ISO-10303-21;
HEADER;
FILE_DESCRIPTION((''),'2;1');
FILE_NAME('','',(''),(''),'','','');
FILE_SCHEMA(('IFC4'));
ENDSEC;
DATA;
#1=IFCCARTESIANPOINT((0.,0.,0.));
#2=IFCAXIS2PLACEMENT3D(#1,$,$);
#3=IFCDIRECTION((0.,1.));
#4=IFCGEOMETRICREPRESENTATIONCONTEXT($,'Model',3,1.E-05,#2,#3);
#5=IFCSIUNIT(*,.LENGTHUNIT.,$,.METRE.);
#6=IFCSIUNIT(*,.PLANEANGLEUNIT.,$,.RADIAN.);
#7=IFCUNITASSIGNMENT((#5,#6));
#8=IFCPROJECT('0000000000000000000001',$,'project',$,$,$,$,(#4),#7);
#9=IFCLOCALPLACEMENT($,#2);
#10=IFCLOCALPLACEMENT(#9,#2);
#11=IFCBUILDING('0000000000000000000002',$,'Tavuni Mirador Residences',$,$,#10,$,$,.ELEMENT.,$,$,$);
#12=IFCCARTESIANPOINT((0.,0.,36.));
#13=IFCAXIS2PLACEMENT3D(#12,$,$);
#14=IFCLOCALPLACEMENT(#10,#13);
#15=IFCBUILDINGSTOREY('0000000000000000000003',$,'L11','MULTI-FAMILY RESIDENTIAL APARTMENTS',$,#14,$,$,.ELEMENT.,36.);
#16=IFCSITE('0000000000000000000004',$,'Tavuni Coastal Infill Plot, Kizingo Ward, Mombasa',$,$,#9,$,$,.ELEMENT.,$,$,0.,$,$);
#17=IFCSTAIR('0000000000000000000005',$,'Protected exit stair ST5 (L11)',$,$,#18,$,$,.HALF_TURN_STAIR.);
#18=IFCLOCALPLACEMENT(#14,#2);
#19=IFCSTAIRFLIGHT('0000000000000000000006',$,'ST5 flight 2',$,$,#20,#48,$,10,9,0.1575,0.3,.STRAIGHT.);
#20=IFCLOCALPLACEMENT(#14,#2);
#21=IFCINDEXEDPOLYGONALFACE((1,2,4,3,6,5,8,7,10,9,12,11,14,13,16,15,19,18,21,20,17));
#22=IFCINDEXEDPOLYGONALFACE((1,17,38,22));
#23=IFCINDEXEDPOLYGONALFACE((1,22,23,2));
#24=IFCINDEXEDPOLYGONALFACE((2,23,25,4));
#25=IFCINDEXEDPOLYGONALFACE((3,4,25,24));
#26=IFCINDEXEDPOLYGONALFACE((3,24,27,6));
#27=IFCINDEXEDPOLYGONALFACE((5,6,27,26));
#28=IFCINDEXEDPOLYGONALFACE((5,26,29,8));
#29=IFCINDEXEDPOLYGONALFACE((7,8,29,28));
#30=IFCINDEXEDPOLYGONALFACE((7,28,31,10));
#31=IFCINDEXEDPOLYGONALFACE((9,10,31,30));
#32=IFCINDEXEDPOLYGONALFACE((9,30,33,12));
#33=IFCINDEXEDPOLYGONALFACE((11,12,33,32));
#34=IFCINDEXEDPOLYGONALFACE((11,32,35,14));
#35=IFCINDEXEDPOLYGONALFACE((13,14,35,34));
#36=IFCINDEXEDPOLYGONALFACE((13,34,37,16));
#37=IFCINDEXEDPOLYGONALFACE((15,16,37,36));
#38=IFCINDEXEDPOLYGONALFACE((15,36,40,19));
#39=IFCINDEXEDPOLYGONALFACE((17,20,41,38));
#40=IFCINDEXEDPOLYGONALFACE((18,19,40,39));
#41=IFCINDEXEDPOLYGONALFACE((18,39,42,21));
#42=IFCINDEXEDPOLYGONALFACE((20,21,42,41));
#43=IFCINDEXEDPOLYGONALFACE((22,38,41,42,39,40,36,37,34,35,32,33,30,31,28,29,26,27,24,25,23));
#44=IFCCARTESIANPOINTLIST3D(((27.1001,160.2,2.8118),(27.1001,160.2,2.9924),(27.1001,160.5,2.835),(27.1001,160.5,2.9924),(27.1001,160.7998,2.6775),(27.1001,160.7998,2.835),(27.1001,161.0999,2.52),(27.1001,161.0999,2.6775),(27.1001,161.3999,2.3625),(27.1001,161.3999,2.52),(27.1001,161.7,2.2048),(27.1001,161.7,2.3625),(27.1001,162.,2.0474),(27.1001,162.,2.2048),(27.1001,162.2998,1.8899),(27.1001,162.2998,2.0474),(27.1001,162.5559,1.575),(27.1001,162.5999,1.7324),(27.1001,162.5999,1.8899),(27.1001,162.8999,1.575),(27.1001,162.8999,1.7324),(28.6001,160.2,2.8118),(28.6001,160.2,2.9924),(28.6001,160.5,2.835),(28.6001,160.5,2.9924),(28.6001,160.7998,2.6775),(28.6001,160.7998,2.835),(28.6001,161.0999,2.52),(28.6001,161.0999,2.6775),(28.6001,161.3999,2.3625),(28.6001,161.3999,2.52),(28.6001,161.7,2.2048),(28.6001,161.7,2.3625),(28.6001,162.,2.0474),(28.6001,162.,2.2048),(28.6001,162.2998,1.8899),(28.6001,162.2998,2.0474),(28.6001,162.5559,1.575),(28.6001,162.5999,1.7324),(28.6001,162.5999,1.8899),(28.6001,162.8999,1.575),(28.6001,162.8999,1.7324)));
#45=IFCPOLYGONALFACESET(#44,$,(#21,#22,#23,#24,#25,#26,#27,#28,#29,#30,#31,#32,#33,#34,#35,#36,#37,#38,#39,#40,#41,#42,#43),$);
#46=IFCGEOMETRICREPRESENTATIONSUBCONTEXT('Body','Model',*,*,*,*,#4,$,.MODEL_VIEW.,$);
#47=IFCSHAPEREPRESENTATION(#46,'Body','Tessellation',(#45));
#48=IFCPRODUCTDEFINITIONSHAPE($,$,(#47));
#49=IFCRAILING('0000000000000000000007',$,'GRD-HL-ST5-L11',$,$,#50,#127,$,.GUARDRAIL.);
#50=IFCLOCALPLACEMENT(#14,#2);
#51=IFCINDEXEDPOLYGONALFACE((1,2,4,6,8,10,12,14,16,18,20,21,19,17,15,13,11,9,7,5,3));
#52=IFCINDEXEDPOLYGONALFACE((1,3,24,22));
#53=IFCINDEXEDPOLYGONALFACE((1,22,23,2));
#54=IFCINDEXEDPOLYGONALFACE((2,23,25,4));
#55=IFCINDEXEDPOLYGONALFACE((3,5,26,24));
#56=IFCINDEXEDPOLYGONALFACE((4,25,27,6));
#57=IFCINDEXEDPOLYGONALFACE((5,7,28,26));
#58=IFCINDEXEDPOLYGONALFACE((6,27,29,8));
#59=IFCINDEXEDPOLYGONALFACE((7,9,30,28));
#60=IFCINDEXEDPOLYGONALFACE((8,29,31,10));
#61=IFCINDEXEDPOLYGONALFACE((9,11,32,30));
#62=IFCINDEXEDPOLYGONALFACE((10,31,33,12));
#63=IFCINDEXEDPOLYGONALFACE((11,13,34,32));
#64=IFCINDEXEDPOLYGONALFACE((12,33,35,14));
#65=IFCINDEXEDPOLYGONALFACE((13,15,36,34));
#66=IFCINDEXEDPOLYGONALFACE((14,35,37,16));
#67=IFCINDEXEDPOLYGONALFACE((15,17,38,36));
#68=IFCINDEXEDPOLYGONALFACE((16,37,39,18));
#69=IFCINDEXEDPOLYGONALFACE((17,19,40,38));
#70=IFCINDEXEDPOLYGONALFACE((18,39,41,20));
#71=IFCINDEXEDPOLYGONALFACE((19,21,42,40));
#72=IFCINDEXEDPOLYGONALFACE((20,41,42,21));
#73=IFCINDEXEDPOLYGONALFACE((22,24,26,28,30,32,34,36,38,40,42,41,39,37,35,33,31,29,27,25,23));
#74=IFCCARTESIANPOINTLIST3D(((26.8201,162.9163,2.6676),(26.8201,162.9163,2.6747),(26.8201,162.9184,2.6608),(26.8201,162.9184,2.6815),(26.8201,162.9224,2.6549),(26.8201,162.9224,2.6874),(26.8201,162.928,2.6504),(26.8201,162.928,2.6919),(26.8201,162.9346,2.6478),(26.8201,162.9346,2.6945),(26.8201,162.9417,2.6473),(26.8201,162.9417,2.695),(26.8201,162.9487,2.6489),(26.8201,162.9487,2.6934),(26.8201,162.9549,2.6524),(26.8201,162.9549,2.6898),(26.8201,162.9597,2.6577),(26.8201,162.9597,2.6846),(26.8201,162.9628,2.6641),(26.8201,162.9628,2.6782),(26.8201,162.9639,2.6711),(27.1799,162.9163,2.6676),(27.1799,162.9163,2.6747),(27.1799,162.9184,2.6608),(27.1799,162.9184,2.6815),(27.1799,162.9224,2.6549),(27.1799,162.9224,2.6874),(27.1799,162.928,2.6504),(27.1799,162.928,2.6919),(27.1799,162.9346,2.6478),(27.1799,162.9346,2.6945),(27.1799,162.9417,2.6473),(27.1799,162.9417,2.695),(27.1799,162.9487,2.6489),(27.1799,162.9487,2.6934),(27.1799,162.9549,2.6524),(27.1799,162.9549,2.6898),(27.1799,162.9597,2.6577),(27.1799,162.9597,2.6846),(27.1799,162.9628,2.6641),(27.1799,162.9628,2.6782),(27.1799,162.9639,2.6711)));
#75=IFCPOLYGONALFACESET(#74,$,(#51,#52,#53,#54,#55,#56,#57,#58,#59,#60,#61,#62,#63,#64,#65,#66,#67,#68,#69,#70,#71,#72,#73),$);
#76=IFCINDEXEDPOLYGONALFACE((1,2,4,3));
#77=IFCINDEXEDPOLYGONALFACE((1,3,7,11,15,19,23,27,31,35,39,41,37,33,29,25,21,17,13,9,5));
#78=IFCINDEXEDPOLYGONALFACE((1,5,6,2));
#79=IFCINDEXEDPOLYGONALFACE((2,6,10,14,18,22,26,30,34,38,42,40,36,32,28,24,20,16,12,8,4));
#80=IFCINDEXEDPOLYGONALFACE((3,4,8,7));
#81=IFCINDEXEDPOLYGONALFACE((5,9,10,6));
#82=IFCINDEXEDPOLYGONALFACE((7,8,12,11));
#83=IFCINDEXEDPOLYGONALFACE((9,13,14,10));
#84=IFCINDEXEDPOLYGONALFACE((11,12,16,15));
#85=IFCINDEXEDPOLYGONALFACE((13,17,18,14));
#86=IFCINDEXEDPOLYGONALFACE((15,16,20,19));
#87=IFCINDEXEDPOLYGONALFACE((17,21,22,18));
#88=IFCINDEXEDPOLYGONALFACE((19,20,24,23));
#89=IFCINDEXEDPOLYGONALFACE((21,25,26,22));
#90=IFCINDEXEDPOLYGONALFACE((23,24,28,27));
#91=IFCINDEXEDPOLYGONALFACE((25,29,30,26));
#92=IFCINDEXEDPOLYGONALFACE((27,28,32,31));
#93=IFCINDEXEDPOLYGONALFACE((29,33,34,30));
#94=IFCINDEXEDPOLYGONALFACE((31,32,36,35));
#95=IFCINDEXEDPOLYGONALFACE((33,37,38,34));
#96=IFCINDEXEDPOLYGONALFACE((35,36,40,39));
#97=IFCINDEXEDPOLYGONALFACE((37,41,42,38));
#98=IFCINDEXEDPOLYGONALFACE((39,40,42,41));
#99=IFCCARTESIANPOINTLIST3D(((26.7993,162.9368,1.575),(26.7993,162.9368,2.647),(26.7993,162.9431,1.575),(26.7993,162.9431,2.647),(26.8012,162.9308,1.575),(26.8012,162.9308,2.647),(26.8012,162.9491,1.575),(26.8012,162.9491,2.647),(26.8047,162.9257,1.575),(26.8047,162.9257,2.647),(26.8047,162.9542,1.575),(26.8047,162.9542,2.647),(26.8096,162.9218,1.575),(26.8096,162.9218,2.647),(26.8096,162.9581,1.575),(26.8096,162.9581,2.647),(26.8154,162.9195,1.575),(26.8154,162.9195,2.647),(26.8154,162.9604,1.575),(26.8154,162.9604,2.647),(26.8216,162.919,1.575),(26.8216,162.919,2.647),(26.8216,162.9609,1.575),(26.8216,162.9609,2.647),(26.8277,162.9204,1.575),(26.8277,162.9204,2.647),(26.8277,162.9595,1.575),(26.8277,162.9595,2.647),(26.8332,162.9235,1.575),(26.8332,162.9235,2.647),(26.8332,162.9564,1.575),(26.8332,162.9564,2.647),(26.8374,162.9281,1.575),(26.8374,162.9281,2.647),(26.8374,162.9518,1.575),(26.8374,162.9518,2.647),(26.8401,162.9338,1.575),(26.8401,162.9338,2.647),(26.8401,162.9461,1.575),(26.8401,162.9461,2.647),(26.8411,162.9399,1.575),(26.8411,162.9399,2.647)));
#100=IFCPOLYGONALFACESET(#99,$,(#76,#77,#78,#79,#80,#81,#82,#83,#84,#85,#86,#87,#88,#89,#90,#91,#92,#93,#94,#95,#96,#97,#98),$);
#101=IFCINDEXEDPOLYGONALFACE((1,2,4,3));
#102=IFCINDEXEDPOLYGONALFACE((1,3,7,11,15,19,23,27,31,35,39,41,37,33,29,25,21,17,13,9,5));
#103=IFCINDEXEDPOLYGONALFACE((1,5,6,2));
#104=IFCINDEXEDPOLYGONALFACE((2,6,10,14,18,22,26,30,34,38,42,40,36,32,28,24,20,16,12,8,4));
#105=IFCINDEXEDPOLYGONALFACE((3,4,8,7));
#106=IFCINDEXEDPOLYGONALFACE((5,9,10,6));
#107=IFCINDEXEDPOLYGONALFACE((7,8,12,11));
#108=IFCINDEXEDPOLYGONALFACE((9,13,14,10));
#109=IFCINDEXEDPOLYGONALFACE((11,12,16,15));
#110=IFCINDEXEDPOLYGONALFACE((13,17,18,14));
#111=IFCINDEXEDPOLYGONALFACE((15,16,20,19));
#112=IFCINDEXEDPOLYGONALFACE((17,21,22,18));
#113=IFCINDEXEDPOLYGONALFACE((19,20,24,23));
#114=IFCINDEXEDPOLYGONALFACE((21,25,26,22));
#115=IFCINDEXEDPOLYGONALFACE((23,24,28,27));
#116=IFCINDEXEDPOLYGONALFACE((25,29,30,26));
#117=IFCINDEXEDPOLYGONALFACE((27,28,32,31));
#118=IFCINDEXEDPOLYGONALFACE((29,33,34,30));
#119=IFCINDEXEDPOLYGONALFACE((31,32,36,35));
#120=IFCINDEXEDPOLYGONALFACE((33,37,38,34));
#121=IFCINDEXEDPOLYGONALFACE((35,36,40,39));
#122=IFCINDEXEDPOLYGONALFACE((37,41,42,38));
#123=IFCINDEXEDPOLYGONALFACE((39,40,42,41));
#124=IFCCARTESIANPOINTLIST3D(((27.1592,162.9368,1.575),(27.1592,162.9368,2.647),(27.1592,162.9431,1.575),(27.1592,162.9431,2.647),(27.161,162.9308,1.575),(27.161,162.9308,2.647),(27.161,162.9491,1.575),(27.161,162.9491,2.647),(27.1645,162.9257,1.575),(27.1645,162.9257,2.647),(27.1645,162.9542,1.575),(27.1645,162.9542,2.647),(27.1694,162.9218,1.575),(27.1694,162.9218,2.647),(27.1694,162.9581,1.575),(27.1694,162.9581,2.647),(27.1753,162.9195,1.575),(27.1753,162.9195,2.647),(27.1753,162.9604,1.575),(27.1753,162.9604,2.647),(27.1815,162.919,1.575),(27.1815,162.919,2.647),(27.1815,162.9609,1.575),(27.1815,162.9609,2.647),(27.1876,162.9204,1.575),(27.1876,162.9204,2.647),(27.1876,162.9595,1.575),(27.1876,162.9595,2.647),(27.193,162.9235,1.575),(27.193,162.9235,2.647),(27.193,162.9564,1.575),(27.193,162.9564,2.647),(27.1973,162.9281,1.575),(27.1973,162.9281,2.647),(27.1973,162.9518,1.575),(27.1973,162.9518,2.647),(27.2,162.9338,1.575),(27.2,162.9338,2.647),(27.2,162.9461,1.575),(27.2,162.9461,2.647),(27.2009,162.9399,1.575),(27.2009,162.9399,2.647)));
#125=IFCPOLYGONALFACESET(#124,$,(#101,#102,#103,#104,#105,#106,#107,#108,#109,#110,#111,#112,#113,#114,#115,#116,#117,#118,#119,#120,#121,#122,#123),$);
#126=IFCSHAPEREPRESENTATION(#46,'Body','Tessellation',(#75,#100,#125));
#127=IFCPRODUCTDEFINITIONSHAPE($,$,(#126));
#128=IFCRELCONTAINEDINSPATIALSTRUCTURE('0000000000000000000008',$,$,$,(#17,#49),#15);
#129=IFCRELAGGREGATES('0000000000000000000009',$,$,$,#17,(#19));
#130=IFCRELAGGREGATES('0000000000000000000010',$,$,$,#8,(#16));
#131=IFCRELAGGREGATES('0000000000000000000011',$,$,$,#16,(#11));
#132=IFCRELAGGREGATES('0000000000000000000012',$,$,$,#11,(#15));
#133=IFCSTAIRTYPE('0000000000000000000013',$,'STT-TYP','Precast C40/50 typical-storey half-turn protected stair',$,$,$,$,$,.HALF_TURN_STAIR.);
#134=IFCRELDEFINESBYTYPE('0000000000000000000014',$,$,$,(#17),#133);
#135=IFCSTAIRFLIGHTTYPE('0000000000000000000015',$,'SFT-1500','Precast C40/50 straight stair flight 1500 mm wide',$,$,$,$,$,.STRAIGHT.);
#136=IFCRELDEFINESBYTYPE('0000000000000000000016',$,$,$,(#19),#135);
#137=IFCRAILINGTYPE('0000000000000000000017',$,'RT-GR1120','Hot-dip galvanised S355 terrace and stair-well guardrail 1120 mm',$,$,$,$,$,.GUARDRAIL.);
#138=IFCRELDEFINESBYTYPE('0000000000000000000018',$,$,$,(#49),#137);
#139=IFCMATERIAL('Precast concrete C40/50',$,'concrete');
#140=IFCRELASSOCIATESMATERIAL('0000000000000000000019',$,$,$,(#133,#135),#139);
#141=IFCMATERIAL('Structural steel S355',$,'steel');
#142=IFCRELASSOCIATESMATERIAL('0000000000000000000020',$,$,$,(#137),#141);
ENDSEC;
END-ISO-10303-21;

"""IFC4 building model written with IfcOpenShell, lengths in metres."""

from ifc_helpers import new_model, si_unit, direction, frame, origin, origin_2d, place, context, subcontext, project, spatial, polyline, circle, outline, extrude, material, type_object, element, aggregate, save


model = new_model("IFC4")

# Units and contexts
model_context = context("Model", 3, precision=1e-05, world=origin(), true_north=direction((0.0, 1.0)))
body_context = subcontext(model_context, "Body", "Model", "MODEL_VIEW")
ifc_project = project(units=[si_unit("LENGTHUNIT", "METRE"), si_unit("PLANEANGLEUNIT", "RADIAN")], contexts=[model_context])

# Site, building, storey
site_placement = place(None, origin())
site = spatial("IfcSite", under=ifc_project, at=site_placement, Name="Tavuni Coastal Infill Plot, Kizingo Ward, Mombasa", CompositionType="ELEMENT", RefElevation=0.0)
building_placement = place(site_placement, origin())
building = spatial("IfcBuilding", under=site, at=building_placement, Name="Tavuni Mirador Residences", CompositionType="ELEMENT")
storey_placement = place(building_placement, frame((0.0, 0.0, 36.0)))
storey = spatial("IfcBuildingStorey", under=building, at=storey_placement, Name="L11", Description="MULTI-FAMILY RESIDENTIAL APARTMENTS", CompositionType="ELEMENT", Elevation=36.0)

# Shared definitions
ifc_material_1 = material(Name="Precast concrete C40/50", Category="concrete")

# Shared definitions
ifc_material_2 = material(Name="Structural steel S355", Category="steel")

# Stair, stair flight
stair_type = type_object("IfcStairType", Name="STT-TYP", Description="Precast C40/50 typical-storey half-turn protected stair", PredefinedType="HALF_TURN_STAIR", material=ifc_material_1)
stair_placement = place(storey_placement, origin())
stair = element("IfcStair", 1, at=stair_placement, inside=storey, type_object=stair_type, Name="Protected exit stair ST5 (L11)", PredefinedType="HALF_TURN_STAIR")
stair_flight_type = type_object("IfcStairFlightType", Name="SFT-1500", Description="Precast C40/50 straight stair flight 1500 mm wide", PredefinedType="STRAIGHT", material=ifc_material_1)
stair_flight_1_placement = place(storey_placement, frame((27.8501, 162.8999, 1.575), z_axis=(0.0, 0.0, 1.0), x_axis=(0.0, -1.0, 0.0)))
stair_flight_1 = element("IfcStairFlight", 2, at=stair_flight_1_placement, type_object=stair_flight_type, Name="ST5 flight 2", NumberOfRisers=10, NumberOfTreads=9, PredefinedType="STRAIGHT", RiserHeight=0.1575, TreadLength=0.3, context=body_context, shape_type="SweptSolid", body=[
    extrude(outline(polyline([(0.0, 0.0), (0.0, 0.1575), (0.3, 0.1575), (0.3, 0.3149), (0.6001, 0.3149), (0.6001, 0.4724), (0.8999, 0.4724), (0.8999, 0.6299), (1.2, 0.6299), (1.2, 0.7876), (1.5, 0.7876), (1.5, 0.9451), (1.8, 0.9451), (1.8, 1.1025), (2.1001, 1.1025), (2.1001, 1.26), (2.3999, 1.26), (2.3999, 1.4175), (2.7, 1.4175), (2.7, 1.575), (2.7, 1.2368), (0.344, 0.0), (0.0, 0.0)])), frame((0.0, 0.75, 0.0), z_axis=(0.0, -1.0, 0.0), x_axis=(1.0, 0.0, 0.0)), (0.0, 0.0, 1.0), 1.5),
])
aggregate(stair, [stair_flight_1])

# Railing
railing_type_1 = type_object("IfcRailingType", Name="RT-GR1120", Description="Hot-dip galvanised S355 terrace and stair-well guardrail 1120 mm", PredefinedType="GUARDRAIL", material=ifc_material_2)
railing_1_placement = place(storey_placement, frame((26.8201, 162.9399, 1.575)))
element("IfcRailing", 3, at=railing_1_placement, inside=storey, type_object=railing_type_1, Name="GRD-HL-ST5-L11", PredefinedType="GUARDRAIL", context=body_context, shape_type="SweptSolid", body=[
    extrude(circle(Radius=0.0239, at=origin_2d()), frame((0.0, 0.0, 1.0962), z_axis=(1.0, 0.0, 0.0), x_axis=(0.0, 1.0, 0.0)), (0.0, 0.0, 1.0), 0.3599),
    extrude(circle(Radius=0.021, at=origin_2d()), origin(), (0.0, 0.0, 1.0), 1.072),
    extrude(circle(Radius=0.021, at=origin_2d()), frame((0.3599, 0.0, 0.0)), (0.0, 0.0, 1.0), 1.072),
])

save(model, "model.ifc")
